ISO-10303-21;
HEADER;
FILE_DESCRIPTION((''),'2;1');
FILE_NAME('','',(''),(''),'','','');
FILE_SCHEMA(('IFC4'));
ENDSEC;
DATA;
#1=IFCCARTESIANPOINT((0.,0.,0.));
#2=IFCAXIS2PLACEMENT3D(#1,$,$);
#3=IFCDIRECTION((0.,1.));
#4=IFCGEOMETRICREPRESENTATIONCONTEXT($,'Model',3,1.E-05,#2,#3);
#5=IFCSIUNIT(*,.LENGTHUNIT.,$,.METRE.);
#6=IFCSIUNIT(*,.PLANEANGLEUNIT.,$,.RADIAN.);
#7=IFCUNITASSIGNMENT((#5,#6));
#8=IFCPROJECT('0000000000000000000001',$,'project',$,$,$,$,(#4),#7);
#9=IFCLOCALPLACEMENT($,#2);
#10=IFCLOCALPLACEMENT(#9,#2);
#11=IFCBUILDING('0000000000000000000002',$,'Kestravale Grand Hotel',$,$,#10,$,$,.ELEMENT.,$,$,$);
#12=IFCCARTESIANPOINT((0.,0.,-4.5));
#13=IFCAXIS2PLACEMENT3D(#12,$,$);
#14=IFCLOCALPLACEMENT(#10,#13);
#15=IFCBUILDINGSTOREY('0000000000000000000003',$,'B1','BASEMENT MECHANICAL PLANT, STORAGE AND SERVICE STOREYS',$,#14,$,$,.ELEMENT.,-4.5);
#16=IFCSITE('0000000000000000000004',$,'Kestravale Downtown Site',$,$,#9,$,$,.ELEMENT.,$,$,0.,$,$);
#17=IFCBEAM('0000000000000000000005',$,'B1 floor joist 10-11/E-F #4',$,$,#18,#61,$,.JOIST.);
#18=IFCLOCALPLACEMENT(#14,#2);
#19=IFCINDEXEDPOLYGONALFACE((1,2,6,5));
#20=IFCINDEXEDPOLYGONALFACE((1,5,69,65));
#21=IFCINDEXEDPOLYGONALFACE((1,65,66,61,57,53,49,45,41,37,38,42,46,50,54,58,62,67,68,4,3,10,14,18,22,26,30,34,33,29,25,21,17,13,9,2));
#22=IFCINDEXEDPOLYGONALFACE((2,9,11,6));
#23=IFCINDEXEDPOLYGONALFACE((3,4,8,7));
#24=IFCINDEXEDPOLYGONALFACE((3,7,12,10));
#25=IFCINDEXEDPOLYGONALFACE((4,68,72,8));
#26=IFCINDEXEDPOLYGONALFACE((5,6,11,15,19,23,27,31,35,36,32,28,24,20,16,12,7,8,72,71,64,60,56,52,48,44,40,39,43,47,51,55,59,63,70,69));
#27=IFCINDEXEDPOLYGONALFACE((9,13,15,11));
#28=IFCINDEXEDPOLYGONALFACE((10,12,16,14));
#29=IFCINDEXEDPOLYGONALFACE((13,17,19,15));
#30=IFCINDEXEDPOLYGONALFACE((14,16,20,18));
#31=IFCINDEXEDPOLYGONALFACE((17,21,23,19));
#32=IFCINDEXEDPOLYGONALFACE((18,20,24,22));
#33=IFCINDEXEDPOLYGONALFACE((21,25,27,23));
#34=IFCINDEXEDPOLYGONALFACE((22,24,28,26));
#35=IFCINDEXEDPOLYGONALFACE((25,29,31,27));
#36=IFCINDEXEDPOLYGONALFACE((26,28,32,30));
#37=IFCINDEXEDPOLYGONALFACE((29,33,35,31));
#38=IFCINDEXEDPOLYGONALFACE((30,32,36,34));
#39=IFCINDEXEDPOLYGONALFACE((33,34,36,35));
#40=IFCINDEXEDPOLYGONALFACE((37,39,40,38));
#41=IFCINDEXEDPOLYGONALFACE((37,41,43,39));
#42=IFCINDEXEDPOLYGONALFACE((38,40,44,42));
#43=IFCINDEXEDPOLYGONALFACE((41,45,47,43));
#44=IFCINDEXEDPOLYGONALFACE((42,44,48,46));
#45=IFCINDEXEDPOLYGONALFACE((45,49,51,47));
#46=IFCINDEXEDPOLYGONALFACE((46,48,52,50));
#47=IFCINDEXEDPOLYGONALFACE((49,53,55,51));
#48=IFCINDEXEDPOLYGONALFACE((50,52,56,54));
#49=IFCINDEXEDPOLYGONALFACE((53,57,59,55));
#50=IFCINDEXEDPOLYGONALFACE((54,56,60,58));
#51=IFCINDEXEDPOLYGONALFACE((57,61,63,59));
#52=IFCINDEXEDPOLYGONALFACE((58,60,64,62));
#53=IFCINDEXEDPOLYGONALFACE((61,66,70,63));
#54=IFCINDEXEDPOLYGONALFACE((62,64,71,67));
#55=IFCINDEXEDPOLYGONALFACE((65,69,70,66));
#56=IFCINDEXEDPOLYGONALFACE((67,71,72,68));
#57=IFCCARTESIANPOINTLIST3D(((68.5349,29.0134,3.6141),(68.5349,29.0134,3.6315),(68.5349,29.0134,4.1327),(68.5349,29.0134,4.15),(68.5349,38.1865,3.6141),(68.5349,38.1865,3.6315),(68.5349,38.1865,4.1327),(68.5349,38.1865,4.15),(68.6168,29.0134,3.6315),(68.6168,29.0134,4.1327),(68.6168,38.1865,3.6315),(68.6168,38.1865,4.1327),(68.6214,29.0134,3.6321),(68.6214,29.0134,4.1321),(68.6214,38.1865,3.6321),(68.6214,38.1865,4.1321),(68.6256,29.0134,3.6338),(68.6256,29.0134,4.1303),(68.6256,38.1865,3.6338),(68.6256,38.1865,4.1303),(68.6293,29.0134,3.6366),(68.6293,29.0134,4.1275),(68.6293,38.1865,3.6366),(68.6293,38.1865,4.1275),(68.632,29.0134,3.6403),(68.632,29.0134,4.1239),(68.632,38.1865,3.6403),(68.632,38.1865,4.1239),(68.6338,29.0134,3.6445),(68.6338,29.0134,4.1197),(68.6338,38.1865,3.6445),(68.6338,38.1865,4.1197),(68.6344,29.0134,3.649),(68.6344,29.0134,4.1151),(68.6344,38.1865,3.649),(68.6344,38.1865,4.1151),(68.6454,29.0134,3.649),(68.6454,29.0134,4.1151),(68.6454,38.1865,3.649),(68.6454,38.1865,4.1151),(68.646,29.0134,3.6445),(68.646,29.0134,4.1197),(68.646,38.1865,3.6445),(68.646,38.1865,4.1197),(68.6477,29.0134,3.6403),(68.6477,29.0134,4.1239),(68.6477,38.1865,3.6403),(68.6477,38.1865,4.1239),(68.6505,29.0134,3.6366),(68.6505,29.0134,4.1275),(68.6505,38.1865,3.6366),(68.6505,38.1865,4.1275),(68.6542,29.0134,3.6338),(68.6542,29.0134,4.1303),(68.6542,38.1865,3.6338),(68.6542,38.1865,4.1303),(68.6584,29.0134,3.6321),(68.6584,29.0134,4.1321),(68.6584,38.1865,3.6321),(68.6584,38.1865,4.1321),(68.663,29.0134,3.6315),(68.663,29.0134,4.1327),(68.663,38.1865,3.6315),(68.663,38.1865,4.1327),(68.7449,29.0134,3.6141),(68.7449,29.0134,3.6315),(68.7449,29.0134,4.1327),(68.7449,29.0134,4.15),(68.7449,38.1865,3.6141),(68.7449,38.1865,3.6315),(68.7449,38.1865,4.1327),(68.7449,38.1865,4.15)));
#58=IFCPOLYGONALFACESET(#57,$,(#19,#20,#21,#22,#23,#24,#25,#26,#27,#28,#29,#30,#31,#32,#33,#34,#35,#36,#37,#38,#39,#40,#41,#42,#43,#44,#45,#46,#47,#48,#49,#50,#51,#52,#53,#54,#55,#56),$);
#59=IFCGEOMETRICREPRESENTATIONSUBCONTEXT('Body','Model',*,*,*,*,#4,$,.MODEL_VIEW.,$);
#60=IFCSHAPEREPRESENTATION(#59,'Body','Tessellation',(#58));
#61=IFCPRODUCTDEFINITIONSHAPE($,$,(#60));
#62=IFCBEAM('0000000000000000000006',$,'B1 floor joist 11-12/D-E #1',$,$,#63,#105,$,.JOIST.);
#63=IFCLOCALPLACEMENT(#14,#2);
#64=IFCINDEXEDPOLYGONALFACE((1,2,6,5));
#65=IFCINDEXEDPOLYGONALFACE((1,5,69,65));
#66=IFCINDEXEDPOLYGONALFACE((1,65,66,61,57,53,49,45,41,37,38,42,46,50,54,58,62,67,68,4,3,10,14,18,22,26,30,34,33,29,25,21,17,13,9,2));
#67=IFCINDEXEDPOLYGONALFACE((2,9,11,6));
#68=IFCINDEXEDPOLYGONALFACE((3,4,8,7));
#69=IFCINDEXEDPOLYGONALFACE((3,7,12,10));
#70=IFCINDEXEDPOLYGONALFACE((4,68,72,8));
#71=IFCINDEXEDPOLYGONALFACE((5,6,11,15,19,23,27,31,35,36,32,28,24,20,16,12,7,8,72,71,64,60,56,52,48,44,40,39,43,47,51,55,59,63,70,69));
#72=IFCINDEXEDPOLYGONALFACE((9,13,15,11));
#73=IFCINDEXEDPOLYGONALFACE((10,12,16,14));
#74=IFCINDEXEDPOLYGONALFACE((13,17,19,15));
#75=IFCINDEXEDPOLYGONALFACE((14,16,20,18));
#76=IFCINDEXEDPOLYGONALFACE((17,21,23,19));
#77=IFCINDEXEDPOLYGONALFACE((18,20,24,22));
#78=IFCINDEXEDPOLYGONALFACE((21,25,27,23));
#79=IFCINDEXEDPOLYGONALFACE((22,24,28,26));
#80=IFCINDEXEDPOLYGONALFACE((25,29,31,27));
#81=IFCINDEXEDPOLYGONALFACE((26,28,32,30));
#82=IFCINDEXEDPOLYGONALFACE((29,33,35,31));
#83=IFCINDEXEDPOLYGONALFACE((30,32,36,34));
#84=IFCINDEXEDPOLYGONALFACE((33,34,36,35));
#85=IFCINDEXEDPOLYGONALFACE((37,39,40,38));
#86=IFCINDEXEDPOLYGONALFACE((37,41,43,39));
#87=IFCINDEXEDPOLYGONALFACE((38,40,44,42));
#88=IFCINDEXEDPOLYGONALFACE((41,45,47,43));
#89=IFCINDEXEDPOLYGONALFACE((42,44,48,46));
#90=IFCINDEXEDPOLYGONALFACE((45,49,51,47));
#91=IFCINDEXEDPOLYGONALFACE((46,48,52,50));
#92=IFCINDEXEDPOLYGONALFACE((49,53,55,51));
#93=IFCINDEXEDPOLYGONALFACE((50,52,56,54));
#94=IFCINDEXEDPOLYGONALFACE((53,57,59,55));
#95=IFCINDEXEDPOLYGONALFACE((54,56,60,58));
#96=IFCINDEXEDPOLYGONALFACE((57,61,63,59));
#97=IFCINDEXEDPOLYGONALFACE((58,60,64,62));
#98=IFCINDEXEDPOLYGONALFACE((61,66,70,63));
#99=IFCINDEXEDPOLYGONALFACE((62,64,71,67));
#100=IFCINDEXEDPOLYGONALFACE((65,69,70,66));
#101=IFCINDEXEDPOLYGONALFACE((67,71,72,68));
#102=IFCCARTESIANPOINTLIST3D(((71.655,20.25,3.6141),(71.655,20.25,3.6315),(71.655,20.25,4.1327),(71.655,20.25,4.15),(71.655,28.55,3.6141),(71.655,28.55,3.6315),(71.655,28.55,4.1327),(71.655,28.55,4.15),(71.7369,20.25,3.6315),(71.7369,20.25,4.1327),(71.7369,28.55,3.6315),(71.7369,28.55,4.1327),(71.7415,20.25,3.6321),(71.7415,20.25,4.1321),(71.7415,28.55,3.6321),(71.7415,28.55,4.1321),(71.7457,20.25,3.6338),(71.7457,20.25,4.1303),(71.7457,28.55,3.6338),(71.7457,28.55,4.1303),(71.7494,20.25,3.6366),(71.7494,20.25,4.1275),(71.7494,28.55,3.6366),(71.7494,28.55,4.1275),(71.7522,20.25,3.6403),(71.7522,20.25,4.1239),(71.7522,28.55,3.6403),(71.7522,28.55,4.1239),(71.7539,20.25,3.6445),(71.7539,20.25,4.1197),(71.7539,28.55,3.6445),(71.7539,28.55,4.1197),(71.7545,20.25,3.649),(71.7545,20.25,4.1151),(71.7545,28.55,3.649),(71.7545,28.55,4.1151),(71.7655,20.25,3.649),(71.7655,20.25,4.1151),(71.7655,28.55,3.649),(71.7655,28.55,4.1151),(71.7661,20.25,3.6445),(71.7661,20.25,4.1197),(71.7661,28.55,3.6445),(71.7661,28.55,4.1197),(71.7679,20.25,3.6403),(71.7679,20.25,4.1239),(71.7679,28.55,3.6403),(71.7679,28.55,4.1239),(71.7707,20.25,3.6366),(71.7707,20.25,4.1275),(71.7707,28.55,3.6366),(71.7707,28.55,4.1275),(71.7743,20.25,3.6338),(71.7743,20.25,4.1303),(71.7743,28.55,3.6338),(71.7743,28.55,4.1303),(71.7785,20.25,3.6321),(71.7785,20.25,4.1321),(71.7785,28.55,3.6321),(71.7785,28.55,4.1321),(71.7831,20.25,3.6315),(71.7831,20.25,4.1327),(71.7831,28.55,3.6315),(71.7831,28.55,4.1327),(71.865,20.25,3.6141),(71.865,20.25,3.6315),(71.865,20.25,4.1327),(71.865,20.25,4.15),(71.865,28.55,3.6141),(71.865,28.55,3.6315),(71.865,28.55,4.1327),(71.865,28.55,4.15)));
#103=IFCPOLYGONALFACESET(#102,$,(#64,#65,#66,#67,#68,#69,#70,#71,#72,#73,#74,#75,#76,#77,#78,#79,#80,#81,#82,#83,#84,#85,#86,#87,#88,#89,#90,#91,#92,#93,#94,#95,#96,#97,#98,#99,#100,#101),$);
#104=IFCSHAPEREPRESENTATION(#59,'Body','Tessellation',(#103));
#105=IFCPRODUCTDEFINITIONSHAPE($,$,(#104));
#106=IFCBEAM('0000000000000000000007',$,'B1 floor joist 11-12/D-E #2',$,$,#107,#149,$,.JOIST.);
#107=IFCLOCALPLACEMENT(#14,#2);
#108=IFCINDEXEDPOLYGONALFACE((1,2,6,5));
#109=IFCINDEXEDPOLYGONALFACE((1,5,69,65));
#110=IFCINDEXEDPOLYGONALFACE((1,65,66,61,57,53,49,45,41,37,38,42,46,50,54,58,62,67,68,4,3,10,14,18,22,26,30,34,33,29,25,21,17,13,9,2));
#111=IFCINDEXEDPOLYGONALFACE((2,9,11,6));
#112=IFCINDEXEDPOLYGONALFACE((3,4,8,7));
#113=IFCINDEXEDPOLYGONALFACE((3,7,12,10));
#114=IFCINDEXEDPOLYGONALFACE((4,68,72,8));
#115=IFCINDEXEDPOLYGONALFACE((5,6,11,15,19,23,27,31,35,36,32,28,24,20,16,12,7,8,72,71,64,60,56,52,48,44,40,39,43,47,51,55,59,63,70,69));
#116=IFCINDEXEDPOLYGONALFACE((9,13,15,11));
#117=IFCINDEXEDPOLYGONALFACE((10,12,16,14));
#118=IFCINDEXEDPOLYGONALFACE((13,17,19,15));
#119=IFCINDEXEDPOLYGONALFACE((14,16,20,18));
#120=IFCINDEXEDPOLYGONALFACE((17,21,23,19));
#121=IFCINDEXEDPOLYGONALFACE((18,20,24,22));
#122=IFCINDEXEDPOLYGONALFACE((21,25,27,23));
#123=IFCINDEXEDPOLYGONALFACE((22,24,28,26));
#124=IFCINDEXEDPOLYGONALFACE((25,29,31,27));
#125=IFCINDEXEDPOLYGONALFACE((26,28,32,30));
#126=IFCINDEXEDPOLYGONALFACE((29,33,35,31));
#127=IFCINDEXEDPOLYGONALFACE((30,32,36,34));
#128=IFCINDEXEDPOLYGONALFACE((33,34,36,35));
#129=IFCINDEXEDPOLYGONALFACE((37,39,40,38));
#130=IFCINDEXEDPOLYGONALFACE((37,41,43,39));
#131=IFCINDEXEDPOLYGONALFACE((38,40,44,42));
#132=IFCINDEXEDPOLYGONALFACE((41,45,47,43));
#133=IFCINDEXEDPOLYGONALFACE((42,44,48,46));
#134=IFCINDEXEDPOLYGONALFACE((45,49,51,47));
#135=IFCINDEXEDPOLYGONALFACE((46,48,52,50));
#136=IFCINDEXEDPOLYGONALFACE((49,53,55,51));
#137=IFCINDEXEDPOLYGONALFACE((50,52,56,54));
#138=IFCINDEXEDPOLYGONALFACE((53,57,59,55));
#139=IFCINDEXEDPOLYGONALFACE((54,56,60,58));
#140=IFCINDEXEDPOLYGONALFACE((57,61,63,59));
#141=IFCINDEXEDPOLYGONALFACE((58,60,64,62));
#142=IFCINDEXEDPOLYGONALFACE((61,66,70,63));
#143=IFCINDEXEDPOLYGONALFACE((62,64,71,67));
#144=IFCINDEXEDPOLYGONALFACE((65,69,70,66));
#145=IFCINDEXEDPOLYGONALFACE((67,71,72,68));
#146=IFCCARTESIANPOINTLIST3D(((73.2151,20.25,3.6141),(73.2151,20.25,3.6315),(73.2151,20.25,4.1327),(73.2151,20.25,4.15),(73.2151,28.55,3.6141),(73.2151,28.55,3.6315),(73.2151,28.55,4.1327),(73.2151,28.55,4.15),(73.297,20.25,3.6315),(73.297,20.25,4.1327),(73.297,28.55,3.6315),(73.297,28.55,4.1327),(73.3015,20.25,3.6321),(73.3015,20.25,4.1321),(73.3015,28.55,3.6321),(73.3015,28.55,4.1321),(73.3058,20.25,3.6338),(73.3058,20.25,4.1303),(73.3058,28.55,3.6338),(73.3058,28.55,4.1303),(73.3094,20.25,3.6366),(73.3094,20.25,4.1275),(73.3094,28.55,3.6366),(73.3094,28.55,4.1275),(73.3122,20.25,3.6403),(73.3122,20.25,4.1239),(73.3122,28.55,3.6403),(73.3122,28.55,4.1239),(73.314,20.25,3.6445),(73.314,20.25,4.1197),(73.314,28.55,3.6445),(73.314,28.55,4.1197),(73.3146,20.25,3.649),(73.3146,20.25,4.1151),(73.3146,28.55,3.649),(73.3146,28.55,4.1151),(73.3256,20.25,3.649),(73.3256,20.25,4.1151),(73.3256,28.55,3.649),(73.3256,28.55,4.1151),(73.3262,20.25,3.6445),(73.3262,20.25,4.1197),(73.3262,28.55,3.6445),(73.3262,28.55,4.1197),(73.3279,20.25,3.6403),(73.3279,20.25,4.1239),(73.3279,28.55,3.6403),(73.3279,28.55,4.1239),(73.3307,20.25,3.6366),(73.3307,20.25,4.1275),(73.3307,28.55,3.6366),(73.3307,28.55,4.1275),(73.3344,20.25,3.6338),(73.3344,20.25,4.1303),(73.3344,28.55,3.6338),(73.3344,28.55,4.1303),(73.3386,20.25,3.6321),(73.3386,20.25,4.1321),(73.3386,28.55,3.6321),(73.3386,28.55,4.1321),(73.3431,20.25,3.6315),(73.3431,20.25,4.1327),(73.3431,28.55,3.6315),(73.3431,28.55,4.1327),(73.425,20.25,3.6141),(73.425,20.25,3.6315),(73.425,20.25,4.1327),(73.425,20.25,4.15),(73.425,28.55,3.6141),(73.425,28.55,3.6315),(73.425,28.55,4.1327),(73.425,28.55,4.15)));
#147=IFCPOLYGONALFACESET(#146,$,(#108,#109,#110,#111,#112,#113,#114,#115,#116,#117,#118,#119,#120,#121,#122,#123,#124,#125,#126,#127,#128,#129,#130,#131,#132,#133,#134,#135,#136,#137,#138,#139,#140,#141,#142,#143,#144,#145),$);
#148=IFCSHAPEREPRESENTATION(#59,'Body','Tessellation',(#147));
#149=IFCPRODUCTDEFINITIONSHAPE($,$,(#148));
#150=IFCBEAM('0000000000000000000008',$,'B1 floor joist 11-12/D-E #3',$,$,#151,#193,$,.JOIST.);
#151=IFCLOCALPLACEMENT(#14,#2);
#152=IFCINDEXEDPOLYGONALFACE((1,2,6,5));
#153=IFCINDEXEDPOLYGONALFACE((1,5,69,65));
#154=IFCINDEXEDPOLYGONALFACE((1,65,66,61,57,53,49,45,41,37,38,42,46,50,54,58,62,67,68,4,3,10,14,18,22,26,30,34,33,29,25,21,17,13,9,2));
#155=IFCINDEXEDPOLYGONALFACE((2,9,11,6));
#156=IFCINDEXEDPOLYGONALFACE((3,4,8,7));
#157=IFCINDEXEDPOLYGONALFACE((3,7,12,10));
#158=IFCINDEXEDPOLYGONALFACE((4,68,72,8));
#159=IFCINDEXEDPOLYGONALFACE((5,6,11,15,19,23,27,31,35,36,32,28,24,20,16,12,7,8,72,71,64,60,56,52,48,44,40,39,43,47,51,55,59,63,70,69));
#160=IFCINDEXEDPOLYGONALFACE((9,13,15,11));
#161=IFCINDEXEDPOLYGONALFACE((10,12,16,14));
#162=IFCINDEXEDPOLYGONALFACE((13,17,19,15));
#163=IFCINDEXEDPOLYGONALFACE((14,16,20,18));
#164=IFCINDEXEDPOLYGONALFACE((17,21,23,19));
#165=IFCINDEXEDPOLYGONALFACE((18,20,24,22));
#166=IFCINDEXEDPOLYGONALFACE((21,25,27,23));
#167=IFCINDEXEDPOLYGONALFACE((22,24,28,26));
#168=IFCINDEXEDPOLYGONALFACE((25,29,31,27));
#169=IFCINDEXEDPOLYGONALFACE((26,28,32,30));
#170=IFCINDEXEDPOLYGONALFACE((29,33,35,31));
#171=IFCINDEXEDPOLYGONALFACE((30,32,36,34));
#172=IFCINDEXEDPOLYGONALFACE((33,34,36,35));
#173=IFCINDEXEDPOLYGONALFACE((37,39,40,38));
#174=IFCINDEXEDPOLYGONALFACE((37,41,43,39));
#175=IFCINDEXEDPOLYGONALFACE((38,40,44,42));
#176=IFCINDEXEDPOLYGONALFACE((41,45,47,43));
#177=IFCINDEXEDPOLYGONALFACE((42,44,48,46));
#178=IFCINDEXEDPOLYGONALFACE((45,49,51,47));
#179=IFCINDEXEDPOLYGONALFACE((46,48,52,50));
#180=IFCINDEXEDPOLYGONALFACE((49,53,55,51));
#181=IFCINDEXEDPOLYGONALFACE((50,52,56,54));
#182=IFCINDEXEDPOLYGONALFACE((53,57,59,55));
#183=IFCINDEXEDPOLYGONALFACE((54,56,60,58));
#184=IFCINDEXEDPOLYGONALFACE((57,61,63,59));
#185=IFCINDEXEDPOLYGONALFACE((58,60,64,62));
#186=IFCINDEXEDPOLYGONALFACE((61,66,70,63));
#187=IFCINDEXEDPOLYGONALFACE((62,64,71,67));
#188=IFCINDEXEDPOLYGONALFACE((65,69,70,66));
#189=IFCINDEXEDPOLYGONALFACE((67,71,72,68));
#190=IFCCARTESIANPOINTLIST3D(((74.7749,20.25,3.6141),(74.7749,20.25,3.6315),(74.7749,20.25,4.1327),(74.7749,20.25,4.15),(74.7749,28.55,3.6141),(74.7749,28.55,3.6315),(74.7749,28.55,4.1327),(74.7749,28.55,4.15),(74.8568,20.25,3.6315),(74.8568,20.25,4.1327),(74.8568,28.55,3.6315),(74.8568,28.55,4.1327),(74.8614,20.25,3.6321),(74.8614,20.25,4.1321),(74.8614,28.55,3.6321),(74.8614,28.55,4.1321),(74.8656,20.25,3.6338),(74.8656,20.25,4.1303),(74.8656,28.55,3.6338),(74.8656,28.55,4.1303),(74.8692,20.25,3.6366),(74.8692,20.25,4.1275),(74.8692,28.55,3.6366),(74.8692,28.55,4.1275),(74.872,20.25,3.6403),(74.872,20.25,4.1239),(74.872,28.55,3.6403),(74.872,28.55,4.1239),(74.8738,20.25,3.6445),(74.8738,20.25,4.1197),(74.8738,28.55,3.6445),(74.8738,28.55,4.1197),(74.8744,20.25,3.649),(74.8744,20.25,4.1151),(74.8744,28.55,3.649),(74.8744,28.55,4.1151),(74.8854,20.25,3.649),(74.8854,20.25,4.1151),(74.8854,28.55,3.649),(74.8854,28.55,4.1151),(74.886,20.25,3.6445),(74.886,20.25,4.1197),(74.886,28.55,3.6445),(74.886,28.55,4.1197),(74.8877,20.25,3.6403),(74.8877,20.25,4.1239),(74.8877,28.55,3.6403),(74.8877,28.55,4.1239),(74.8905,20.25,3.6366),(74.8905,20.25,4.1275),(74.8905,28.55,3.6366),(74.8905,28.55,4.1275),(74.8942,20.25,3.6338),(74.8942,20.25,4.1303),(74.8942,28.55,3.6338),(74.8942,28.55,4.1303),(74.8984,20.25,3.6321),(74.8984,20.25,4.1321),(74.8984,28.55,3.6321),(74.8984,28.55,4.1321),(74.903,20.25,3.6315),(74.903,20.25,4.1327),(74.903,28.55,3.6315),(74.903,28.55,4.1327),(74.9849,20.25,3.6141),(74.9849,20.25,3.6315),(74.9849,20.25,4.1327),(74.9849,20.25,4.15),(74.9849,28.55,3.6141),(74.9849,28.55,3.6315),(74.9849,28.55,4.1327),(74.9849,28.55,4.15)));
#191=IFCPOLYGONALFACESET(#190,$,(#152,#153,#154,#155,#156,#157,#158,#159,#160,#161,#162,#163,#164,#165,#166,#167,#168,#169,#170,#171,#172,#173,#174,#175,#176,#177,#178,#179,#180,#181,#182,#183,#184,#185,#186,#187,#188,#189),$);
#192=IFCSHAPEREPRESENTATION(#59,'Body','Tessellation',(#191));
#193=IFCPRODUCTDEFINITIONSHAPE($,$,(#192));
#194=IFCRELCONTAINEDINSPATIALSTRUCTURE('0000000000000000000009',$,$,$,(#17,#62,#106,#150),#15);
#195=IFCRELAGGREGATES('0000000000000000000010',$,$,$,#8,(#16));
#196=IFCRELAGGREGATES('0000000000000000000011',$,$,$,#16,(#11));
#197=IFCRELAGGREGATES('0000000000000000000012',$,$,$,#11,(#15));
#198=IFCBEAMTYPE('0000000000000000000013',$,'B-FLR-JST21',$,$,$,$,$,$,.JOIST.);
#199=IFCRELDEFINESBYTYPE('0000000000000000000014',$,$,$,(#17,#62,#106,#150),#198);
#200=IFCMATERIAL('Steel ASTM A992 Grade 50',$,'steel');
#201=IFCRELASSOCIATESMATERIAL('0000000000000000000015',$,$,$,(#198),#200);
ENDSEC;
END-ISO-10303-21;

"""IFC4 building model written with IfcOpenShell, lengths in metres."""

from ifc_helpers import new_model, si_unit, direction, frame, origin, origin_2d, place, context, subcontext, project, spatial, i_section, extrude, material, material_profile, profile_set, type_object, element, save


model = new_model("IFC4")

# Units and contexts
model_context = context("Model", 3, precision=1e-05, world=origin(), true_north=direction((0.0, 1.0)))
body_context = subcontext(model_context, "Body", "Model", "MODEL_VIEW")
ifc_project = project(units=[si_unit("LENGTHUNIT", "METRE"), si_unit("PLANEANGLEUNIT", "RADIAN")], contexts=[model_context])

# Site, building, storey
site_placement = place(None, origin())
site = spatial("IfcSite", under=ifc_project, at=site_placement, Name="Kestravale Downtown Site", CompositionType="ELEMENT", RefElevation=0.0)
building_placement = place(site_placement, origin())
building = spatial("IfcBuilding", under=site, at=building_placement, Name="Kestravale Grand Hotel", CompositionType="ELEMENT")
storey_placement = place(building_placement, frame((0.0, 0.0, -4.5)))
storey = spatial("IfcBuildingStorey", under=building, at=storey_placement, Name="B1", Description="BASEMENT MECHANICAL PLANT, STORAGE AND SERVICE STOREYS", CompositionType="ELEMENT", Elevation=-4.5)

# Beams
ifc_material_1 = material(Name="Steel ASTM A992 Grade 50", Category="steel")
ifc_material_profile_1 = material_profile(ifc_material_1, i_section(OverallWidth=0.21, OverallDepth=0.5359, WebThickness=0.011, FlangeThickness=0.0173, FilletRadius=0.0176, at=origin_2d()))
ifc_profile_set_1 = profile_set([ifc_material_profile_1], Name="Steel ASTM A992 Grade 50")
beam_type_1 = type_object("IfcBeamType", Name="B-FLR-JST21", PredefinedType="JOIST", material=ifc_profile_set_1)
for number, where, z_axis, x_axis, name in (
    (1, (68.6399, 29.0134, 3.8821), (0.0, 1.0, 0.0), (-1.0, 0.0, 0.0), "B1 floor joist 10-11/E-F #4"),
):
    element("IfcBeam", number, at=place(storey_placement, frame(where, z_axis=z_axis, x_axis=x_axis)), inside=storey, type_object=beam_type_1, Name=name, PredefinedType="JOIST", context=body_context, shape_type="SweptSolid", body=[
        extrude(i_section(OverallWidth=0.21, OverallDepth=0.5359, WebThickness=0.011, FlangeThickness=0.0173, FilletRadius=0.0176, at=origin_2d()), origin(), (0.0, 0.0, 1.0), 9.1731),
    ])
for number, where, z_axis, x_axis, name in (
    (2, (71.76, 20.25, 3.8821), (0.0, 1.0, 0.0), (-1.0, 0.0, 0.0), "B1 floor joist 11-12/D-E #1"),
    (3, (73.3201, 20.25, 3.8821), (0.0, 1.0, 0.0), (-1.0, 0.0, 0.0), "B1 floor joist 11-12/D-E #2"),
    (4, (74.8799, 20.25, 3.8821), (0.0, 1.0, 0.0), (-1.0, 0.0, 0.0), "B1 floor joist 11-12/D-E #3"),
):
    element("IfcBeam", number, at=place(storey_placement, frame(where, z_axis=z_axis, x_axis=x_axis)), inside=storey, type_object=beam_type_1, Name=name, PredefinedType="JOIST", context=body_context, shape_type="SweptSolid", body=[
        extrude(i_section(OverallWidth=0.21, OverallDepth=0.5359, WebThickness=0.011, FlangeThickness=0.0173, FilletRadius=0.0176, at=origin_2d()), origin(), (0.0, 0.0, 1.0), 8.3),
    ])

save(model, "model.ifc")
